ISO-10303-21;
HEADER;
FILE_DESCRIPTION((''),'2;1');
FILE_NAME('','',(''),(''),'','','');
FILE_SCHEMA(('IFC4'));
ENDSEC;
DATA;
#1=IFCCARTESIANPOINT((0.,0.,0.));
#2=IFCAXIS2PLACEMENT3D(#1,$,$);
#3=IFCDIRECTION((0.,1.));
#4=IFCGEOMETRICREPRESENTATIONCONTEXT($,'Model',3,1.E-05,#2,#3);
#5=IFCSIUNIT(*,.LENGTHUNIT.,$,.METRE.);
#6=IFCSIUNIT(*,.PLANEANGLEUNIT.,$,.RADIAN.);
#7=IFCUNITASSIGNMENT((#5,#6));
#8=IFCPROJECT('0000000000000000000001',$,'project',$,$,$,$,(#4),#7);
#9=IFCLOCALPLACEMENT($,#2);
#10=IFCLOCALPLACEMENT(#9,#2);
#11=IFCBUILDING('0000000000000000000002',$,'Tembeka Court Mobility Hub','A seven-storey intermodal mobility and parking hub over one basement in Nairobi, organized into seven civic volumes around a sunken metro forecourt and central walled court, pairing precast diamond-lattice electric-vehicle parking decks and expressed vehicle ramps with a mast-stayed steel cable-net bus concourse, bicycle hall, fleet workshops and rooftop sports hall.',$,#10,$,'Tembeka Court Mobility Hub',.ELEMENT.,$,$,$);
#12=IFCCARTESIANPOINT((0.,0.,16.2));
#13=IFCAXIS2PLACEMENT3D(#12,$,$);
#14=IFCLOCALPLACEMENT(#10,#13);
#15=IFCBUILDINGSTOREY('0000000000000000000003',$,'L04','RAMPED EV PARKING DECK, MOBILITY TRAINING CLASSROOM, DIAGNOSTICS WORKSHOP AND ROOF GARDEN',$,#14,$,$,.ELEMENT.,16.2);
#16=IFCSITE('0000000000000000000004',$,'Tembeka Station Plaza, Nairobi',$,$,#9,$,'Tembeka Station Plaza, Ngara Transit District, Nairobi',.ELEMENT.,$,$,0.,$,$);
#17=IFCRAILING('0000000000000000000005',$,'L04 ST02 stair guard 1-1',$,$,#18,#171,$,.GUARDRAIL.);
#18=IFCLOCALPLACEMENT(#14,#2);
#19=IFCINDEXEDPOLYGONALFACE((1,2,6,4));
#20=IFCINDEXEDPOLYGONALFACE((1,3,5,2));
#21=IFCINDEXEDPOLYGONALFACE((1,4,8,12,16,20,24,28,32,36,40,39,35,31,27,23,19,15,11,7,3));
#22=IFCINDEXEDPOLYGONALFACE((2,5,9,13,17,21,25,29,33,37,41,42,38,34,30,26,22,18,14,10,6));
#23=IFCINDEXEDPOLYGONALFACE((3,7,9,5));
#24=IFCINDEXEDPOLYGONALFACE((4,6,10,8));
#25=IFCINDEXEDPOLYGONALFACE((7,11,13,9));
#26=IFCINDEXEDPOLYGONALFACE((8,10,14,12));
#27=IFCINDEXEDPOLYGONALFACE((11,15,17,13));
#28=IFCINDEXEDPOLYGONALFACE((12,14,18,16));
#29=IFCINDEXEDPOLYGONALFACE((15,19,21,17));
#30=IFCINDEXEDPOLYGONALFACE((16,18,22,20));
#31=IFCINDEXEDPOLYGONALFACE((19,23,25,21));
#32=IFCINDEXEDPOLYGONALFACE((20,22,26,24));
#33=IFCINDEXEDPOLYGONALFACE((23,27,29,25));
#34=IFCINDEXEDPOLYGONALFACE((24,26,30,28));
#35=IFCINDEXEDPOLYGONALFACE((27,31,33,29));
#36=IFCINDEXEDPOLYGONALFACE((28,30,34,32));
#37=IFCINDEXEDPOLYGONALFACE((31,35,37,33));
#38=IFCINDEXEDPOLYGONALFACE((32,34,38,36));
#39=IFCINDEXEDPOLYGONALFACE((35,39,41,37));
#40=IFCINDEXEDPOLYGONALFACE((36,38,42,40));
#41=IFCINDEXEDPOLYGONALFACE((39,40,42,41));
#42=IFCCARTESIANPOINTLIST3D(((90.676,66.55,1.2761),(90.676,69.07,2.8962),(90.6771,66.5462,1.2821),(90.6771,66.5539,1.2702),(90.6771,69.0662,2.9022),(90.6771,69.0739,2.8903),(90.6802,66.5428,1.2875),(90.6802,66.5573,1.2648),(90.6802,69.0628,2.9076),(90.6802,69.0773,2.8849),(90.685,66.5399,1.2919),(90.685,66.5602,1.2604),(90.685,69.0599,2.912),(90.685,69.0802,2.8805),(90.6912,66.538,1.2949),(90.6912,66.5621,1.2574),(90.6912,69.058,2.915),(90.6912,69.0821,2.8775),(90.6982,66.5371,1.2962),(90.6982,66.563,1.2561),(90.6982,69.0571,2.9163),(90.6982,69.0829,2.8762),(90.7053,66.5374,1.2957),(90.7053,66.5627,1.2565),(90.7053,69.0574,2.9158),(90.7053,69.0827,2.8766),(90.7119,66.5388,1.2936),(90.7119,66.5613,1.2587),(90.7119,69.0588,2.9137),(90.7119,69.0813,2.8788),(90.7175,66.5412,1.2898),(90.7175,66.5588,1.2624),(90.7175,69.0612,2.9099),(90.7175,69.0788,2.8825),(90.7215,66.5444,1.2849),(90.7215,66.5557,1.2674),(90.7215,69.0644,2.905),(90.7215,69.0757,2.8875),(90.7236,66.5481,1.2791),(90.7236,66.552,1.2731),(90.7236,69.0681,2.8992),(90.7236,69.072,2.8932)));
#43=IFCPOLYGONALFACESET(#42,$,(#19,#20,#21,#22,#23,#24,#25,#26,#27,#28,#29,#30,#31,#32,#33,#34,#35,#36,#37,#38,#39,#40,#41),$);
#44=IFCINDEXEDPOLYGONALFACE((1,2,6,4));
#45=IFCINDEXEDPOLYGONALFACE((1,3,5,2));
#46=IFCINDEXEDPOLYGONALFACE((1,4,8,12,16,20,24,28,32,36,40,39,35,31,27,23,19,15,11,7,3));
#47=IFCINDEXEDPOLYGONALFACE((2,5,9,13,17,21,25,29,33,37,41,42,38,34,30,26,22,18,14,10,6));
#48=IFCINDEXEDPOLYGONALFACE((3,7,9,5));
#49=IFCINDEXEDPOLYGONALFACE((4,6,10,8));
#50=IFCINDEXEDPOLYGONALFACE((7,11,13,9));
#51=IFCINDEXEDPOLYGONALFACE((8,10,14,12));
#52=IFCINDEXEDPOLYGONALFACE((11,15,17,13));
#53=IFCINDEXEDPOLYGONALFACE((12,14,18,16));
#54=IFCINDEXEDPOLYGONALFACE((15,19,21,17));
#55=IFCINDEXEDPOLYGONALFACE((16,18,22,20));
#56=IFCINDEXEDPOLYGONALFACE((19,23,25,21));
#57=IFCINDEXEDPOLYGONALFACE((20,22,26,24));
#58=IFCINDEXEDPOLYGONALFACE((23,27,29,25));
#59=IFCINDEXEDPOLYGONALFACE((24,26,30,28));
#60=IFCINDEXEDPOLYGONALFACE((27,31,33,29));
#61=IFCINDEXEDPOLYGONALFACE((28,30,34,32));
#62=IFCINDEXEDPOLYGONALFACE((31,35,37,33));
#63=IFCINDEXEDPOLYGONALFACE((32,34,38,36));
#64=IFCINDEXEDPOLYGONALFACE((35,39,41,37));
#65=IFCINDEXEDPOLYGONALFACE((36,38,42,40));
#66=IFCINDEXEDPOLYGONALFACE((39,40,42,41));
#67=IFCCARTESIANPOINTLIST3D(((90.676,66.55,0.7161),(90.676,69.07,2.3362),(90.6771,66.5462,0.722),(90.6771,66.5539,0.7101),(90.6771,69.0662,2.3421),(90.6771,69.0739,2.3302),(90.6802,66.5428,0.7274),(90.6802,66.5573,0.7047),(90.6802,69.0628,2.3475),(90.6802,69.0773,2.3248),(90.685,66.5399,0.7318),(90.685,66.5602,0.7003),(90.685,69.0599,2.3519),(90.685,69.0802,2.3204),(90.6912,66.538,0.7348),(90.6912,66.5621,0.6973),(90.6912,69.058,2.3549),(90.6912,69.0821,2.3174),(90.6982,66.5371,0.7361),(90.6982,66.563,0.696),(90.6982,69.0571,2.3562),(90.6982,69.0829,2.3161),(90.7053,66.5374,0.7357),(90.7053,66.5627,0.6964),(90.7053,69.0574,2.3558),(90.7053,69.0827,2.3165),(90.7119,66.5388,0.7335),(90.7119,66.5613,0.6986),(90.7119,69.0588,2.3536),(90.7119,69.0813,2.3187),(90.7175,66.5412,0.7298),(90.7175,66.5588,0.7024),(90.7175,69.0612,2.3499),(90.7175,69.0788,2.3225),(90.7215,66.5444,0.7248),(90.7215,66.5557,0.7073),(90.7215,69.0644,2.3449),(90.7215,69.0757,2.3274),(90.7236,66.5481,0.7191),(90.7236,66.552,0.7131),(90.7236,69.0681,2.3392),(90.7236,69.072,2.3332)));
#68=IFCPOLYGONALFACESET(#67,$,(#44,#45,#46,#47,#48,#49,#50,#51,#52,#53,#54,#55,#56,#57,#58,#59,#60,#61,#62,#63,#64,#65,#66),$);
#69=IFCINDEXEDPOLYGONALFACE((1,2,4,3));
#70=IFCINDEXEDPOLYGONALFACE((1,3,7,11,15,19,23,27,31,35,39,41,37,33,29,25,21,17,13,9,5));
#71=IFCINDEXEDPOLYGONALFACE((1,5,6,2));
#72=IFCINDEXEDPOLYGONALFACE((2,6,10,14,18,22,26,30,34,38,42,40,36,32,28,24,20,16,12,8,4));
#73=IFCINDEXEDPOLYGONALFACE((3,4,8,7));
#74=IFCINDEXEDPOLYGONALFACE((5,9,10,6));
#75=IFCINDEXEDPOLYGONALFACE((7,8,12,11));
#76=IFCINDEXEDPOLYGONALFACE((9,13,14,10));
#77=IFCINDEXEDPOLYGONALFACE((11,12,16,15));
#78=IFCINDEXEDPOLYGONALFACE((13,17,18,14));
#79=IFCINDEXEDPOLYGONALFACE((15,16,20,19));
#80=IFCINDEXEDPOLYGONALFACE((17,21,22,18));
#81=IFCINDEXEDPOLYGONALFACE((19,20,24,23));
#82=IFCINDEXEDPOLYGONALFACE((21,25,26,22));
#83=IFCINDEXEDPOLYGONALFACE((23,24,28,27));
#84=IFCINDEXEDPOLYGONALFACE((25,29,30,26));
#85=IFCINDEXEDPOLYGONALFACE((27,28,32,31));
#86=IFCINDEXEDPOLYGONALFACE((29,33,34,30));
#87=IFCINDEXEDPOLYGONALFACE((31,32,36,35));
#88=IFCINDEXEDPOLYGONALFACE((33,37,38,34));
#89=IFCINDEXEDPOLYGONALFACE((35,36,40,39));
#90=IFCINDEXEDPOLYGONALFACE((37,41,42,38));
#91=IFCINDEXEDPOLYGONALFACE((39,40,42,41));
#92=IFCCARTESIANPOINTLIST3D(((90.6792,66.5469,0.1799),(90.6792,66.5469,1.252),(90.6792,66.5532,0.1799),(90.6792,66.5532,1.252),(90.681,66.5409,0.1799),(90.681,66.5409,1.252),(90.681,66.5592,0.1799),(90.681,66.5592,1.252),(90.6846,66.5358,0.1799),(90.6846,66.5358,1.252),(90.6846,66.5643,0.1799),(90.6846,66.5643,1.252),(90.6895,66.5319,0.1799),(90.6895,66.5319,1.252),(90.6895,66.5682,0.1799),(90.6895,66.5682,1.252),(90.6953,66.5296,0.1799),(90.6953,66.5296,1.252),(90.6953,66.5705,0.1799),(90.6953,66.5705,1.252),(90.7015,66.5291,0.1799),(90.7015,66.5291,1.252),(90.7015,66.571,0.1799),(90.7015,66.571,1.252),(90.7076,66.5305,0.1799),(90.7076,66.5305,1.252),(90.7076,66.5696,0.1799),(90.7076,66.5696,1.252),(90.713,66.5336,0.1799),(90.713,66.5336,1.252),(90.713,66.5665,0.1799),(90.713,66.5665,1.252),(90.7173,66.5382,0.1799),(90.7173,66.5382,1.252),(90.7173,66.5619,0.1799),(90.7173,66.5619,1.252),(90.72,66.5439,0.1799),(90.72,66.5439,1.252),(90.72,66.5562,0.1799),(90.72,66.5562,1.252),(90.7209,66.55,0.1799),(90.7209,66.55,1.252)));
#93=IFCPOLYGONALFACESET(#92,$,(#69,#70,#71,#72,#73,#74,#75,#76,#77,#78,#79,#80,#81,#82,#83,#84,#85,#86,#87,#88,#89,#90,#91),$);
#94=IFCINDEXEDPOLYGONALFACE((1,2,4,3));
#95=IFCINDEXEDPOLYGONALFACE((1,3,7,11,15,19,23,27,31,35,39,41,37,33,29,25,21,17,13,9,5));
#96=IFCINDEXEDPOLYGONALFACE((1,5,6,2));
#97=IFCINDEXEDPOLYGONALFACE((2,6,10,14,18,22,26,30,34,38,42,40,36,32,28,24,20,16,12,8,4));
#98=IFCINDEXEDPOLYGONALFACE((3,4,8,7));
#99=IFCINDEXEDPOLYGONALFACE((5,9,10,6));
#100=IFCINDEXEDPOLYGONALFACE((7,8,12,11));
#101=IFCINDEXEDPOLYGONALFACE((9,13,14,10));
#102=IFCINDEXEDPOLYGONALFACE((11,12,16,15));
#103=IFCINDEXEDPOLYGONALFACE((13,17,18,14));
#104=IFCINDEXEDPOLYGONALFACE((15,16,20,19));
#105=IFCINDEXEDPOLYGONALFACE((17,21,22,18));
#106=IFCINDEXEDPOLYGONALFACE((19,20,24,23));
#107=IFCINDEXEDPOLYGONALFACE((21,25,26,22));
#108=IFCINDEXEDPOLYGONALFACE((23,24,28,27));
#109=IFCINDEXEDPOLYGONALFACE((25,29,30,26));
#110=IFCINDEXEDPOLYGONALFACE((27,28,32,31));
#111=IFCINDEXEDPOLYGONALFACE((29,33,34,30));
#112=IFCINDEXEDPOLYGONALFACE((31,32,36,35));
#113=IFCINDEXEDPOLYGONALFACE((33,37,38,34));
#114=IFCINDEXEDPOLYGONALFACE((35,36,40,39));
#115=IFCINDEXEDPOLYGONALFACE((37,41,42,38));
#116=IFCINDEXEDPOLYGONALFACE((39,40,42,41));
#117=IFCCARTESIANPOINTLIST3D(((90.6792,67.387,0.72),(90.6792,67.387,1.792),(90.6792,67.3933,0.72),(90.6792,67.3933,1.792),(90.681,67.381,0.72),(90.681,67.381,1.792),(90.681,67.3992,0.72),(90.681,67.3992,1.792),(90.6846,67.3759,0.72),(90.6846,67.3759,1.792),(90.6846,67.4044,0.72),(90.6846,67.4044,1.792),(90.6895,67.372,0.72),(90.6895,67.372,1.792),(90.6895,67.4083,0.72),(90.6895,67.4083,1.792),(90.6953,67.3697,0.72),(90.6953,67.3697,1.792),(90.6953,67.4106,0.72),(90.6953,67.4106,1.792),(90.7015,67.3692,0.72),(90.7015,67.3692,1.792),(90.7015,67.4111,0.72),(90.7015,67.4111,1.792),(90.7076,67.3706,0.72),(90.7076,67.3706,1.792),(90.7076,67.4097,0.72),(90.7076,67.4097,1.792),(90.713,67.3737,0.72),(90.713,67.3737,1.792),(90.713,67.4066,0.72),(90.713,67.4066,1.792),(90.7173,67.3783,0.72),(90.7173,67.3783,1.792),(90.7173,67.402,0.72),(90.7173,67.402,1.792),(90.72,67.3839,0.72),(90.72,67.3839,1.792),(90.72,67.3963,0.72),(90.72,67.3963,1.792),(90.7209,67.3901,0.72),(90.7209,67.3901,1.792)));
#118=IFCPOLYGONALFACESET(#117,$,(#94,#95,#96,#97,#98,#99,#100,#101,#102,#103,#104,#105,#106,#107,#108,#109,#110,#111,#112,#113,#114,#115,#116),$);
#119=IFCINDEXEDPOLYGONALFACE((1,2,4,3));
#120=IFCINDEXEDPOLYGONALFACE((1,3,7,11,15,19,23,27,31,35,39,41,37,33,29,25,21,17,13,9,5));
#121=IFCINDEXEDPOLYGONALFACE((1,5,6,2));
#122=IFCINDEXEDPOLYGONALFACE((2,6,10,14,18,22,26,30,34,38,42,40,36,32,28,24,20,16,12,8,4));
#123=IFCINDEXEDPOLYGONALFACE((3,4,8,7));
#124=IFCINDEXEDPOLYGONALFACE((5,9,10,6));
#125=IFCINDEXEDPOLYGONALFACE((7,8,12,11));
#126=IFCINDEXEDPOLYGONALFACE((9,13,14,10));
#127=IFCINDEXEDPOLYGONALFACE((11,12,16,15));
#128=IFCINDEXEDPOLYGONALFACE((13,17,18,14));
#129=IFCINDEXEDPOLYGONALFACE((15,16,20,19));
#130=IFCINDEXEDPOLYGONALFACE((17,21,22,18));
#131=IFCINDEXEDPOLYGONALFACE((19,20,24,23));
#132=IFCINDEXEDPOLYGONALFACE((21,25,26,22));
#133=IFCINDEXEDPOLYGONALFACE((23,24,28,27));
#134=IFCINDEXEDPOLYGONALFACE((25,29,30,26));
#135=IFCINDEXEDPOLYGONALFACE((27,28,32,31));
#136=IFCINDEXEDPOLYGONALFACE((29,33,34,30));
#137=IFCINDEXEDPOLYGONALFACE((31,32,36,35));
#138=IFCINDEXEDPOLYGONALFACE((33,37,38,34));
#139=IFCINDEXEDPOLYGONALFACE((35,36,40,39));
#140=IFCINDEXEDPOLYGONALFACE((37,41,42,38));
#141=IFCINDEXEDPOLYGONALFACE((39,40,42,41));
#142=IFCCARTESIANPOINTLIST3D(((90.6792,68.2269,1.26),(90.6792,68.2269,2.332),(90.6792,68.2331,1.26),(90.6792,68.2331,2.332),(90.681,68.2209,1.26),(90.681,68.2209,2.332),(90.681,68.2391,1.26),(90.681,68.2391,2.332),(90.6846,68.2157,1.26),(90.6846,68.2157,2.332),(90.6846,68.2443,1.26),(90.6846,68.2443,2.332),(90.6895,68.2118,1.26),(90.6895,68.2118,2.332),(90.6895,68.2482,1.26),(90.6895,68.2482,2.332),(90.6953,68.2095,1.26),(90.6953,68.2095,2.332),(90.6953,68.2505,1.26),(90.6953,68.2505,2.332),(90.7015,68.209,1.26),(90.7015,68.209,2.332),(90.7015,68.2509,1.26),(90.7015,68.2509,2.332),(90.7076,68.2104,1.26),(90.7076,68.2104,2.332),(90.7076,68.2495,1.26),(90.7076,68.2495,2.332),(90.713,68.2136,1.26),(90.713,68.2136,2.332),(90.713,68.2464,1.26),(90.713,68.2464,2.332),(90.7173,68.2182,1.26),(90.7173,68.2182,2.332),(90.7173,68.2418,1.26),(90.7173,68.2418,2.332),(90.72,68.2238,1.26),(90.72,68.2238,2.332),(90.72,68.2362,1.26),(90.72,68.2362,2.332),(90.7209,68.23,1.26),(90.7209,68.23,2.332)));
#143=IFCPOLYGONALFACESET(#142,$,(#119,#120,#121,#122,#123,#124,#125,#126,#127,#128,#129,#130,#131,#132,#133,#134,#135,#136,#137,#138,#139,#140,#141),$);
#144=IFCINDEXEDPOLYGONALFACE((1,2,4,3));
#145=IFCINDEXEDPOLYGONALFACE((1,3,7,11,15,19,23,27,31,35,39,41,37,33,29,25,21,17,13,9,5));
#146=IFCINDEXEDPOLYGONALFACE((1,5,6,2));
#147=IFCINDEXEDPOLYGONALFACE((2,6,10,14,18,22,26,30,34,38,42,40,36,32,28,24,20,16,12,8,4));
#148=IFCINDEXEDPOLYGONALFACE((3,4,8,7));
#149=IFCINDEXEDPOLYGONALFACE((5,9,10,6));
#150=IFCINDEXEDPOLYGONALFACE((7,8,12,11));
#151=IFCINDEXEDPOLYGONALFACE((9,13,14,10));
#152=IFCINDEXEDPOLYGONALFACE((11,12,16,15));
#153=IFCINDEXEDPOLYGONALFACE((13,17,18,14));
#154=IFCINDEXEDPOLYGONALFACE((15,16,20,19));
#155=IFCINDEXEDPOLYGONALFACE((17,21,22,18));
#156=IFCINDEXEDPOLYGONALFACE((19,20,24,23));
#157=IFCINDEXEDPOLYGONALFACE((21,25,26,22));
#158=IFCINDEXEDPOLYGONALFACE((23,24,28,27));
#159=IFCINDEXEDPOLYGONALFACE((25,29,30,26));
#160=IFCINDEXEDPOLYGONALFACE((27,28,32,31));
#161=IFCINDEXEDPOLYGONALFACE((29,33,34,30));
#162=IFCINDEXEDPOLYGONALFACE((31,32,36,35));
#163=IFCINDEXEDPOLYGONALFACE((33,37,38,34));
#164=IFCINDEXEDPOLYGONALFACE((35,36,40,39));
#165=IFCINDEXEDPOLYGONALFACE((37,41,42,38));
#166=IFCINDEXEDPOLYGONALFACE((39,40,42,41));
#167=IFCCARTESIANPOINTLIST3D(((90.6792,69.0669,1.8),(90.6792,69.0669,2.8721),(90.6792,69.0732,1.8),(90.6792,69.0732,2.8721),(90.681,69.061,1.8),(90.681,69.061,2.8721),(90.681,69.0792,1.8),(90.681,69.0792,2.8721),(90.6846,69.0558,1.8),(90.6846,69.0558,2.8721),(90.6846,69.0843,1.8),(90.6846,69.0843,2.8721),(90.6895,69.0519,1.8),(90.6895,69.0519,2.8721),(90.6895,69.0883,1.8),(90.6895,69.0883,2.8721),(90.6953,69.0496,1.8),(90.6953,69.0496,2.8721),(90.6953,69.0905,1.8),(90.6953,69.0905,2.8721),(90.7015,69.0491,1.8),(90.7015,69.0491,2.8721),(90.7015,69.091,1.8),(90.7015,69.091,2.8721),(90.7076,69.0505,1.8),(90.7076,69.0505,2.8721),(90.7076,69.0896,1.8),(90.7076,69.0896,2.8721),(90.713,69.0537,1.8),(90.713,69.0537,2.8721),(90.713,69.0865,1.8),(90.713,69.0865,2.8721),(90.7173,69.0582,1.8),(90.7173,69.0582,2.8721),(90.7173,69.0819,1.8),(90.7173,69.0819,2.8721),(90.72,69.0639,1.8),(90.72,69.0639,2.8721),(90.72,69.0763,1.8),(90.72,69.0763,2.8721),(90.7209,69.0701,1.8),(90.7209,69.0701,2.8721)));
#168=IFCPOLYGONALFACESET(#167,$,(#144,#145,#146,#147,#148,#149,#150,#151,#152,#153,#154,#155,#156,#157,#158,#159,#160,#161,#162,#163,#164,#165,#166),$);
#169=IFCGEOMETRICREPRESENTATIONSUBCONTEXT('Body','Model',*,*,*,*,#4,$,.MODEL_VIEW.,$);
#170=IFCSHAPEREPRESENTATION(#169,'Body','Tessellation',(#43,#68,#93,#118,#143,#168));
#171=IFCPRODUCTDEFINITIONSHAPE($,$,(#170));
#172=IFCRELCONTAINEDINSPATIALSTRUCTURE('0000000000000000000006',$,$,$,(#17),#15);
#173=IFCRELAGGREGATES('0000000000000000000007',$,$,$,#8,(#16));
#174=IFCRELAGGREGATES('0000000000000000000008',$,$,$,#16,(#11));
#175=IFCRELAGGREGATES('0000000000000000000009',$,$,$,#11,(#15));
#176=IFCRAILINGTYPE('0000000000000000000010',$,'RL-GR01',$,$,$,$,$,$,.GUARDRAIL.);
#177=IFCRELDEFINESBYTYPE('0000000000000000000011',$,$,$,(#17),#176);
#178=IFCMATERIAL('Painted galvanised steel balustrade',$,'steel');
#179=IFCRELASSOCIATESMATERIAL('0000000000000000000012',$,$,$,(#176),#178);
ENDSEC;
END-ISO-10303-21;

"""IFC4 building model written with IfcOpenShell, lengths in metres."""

from ifc_helpers import new_model, si_unit, direction, frame, origin, origin_2d, place, context, subcontext, project, spatial, circle, extrude, material, type_object, element, save


model = new_model("IFC4")

# Units and contexts
model_context = context("Model", 3, precision=1e-05, world=origin(), true_north=direction((0.0, 1.0)))
body_context = subcontext(model_context, "Body", "Model", "MODEL_VIEW")
ifc_project = project(units=[si_unit("LENGTHUNIT", "METRE"), si_unit("PLANEANGLEUNIT", "RADIAN")], contexts=[model_context])

# Site, building, storey
site_placement = place(None, origin())
site = spatial("IfcSite", under=ifc_project, at=site_placement, Name="Tembeka Station Plaza, Nairobi", LongName="Tembeka Station Plaza, Ngara Transit District, Nairobi", CompositionType="ELEMENT", RefElevation=0.0)
building_placement = place(site_placement, origin())
building = spatial("IfcBuilding", under=site, at=building_placement, Name="Tembeka Court Mobility Hub", Description="A seven-storey intermodal mobility and parking hub over one basement in Nairobi, organized into seven civic volumes around a sunken metro forecourt and central walled court, pairing precast diamond-lattice electric-vehicle parking decks and expressed vehicle ramps with a mast-stayed steel cable-net bus concourse, bicycle hall, fleet workshops and rooftop sports hall.", LongName="Tembeka Court Mobility Hub", CompositionType="ELEMENT")
storey_placement = place(building_placement, frame((0.0, 0.0, 16.2)))
storey = spatial("IfcBuildingStorey", under=building, at=storey_placement, Name="L04", Description="RAMPED EV PARKING DECK, MOBILITY TRAINING CLASSROOM, DIAGNOSTICS WORKSHOP AND ROOF GARDEN", CompositionType="ELEMENT", Elevation=16.2)

# Railing
ifc_material_1 = material(Name="Painted galvanised steel balustrade", Category="steel")
railing_type_1 = type_object("IfcRailingType", Name="RL-GR01", PredefinedType="GUARDRAIL", material=ifc_material_1)
railing_1_placement = place(storey_placement, frame((90.7, 66.55, 0.1799)))
element("IfcRailing", 1, at=railing_1_placement, inside=storey, type_object=railing_type_1, Name="L04 ST02 stair guard 1-1", PredefinedType="GUARDRAIL", context=body_context, shape_type="SweptSolid", body=[
    extrude(circle(Radius=0.0239, at=origin_2d()), frame((0.0, 0.0, 1.0962), z_axis=(0.0, 0.841163, 0.540782), x_axis=(-1.0, 0.0, 0.0)), (0.0, 0.0, 1.0), 2.9958),
    extrude(circle(Radius=0.0239, at=origin_2d()), frame((0.0, 0.0, 0.5361), z_axis=(0.0, 0.841163, 0.540782), x_axis=(-1.0, 0.0, 0.0)), (0.0, 0.0, 1.0), 2.9958),
    extrude(circle(Radius=0.021, at=origin_2d()), origin(), (0.0, 0.0, 1.0), 1.072),
    extrude(circle(Radius=0.021, at=origin_2d()), frame((0.0, 0.8401, 0.54)), (0.0, 0.0, 1.0), 1.072),
    extrude(circle(Radius=0.021, at=origin_2d()), frame((0.0, 1.6799, 1.0801)), (0.0, 0.0, 1.0), 1.072),
    extrude(circle(Radius=0.021, at=origin_2d()), frame((0.0, 2.52, 1.6201)), (0.0, 0.0, 1.0), 1.072),
])

save(model, "model.ifc")
